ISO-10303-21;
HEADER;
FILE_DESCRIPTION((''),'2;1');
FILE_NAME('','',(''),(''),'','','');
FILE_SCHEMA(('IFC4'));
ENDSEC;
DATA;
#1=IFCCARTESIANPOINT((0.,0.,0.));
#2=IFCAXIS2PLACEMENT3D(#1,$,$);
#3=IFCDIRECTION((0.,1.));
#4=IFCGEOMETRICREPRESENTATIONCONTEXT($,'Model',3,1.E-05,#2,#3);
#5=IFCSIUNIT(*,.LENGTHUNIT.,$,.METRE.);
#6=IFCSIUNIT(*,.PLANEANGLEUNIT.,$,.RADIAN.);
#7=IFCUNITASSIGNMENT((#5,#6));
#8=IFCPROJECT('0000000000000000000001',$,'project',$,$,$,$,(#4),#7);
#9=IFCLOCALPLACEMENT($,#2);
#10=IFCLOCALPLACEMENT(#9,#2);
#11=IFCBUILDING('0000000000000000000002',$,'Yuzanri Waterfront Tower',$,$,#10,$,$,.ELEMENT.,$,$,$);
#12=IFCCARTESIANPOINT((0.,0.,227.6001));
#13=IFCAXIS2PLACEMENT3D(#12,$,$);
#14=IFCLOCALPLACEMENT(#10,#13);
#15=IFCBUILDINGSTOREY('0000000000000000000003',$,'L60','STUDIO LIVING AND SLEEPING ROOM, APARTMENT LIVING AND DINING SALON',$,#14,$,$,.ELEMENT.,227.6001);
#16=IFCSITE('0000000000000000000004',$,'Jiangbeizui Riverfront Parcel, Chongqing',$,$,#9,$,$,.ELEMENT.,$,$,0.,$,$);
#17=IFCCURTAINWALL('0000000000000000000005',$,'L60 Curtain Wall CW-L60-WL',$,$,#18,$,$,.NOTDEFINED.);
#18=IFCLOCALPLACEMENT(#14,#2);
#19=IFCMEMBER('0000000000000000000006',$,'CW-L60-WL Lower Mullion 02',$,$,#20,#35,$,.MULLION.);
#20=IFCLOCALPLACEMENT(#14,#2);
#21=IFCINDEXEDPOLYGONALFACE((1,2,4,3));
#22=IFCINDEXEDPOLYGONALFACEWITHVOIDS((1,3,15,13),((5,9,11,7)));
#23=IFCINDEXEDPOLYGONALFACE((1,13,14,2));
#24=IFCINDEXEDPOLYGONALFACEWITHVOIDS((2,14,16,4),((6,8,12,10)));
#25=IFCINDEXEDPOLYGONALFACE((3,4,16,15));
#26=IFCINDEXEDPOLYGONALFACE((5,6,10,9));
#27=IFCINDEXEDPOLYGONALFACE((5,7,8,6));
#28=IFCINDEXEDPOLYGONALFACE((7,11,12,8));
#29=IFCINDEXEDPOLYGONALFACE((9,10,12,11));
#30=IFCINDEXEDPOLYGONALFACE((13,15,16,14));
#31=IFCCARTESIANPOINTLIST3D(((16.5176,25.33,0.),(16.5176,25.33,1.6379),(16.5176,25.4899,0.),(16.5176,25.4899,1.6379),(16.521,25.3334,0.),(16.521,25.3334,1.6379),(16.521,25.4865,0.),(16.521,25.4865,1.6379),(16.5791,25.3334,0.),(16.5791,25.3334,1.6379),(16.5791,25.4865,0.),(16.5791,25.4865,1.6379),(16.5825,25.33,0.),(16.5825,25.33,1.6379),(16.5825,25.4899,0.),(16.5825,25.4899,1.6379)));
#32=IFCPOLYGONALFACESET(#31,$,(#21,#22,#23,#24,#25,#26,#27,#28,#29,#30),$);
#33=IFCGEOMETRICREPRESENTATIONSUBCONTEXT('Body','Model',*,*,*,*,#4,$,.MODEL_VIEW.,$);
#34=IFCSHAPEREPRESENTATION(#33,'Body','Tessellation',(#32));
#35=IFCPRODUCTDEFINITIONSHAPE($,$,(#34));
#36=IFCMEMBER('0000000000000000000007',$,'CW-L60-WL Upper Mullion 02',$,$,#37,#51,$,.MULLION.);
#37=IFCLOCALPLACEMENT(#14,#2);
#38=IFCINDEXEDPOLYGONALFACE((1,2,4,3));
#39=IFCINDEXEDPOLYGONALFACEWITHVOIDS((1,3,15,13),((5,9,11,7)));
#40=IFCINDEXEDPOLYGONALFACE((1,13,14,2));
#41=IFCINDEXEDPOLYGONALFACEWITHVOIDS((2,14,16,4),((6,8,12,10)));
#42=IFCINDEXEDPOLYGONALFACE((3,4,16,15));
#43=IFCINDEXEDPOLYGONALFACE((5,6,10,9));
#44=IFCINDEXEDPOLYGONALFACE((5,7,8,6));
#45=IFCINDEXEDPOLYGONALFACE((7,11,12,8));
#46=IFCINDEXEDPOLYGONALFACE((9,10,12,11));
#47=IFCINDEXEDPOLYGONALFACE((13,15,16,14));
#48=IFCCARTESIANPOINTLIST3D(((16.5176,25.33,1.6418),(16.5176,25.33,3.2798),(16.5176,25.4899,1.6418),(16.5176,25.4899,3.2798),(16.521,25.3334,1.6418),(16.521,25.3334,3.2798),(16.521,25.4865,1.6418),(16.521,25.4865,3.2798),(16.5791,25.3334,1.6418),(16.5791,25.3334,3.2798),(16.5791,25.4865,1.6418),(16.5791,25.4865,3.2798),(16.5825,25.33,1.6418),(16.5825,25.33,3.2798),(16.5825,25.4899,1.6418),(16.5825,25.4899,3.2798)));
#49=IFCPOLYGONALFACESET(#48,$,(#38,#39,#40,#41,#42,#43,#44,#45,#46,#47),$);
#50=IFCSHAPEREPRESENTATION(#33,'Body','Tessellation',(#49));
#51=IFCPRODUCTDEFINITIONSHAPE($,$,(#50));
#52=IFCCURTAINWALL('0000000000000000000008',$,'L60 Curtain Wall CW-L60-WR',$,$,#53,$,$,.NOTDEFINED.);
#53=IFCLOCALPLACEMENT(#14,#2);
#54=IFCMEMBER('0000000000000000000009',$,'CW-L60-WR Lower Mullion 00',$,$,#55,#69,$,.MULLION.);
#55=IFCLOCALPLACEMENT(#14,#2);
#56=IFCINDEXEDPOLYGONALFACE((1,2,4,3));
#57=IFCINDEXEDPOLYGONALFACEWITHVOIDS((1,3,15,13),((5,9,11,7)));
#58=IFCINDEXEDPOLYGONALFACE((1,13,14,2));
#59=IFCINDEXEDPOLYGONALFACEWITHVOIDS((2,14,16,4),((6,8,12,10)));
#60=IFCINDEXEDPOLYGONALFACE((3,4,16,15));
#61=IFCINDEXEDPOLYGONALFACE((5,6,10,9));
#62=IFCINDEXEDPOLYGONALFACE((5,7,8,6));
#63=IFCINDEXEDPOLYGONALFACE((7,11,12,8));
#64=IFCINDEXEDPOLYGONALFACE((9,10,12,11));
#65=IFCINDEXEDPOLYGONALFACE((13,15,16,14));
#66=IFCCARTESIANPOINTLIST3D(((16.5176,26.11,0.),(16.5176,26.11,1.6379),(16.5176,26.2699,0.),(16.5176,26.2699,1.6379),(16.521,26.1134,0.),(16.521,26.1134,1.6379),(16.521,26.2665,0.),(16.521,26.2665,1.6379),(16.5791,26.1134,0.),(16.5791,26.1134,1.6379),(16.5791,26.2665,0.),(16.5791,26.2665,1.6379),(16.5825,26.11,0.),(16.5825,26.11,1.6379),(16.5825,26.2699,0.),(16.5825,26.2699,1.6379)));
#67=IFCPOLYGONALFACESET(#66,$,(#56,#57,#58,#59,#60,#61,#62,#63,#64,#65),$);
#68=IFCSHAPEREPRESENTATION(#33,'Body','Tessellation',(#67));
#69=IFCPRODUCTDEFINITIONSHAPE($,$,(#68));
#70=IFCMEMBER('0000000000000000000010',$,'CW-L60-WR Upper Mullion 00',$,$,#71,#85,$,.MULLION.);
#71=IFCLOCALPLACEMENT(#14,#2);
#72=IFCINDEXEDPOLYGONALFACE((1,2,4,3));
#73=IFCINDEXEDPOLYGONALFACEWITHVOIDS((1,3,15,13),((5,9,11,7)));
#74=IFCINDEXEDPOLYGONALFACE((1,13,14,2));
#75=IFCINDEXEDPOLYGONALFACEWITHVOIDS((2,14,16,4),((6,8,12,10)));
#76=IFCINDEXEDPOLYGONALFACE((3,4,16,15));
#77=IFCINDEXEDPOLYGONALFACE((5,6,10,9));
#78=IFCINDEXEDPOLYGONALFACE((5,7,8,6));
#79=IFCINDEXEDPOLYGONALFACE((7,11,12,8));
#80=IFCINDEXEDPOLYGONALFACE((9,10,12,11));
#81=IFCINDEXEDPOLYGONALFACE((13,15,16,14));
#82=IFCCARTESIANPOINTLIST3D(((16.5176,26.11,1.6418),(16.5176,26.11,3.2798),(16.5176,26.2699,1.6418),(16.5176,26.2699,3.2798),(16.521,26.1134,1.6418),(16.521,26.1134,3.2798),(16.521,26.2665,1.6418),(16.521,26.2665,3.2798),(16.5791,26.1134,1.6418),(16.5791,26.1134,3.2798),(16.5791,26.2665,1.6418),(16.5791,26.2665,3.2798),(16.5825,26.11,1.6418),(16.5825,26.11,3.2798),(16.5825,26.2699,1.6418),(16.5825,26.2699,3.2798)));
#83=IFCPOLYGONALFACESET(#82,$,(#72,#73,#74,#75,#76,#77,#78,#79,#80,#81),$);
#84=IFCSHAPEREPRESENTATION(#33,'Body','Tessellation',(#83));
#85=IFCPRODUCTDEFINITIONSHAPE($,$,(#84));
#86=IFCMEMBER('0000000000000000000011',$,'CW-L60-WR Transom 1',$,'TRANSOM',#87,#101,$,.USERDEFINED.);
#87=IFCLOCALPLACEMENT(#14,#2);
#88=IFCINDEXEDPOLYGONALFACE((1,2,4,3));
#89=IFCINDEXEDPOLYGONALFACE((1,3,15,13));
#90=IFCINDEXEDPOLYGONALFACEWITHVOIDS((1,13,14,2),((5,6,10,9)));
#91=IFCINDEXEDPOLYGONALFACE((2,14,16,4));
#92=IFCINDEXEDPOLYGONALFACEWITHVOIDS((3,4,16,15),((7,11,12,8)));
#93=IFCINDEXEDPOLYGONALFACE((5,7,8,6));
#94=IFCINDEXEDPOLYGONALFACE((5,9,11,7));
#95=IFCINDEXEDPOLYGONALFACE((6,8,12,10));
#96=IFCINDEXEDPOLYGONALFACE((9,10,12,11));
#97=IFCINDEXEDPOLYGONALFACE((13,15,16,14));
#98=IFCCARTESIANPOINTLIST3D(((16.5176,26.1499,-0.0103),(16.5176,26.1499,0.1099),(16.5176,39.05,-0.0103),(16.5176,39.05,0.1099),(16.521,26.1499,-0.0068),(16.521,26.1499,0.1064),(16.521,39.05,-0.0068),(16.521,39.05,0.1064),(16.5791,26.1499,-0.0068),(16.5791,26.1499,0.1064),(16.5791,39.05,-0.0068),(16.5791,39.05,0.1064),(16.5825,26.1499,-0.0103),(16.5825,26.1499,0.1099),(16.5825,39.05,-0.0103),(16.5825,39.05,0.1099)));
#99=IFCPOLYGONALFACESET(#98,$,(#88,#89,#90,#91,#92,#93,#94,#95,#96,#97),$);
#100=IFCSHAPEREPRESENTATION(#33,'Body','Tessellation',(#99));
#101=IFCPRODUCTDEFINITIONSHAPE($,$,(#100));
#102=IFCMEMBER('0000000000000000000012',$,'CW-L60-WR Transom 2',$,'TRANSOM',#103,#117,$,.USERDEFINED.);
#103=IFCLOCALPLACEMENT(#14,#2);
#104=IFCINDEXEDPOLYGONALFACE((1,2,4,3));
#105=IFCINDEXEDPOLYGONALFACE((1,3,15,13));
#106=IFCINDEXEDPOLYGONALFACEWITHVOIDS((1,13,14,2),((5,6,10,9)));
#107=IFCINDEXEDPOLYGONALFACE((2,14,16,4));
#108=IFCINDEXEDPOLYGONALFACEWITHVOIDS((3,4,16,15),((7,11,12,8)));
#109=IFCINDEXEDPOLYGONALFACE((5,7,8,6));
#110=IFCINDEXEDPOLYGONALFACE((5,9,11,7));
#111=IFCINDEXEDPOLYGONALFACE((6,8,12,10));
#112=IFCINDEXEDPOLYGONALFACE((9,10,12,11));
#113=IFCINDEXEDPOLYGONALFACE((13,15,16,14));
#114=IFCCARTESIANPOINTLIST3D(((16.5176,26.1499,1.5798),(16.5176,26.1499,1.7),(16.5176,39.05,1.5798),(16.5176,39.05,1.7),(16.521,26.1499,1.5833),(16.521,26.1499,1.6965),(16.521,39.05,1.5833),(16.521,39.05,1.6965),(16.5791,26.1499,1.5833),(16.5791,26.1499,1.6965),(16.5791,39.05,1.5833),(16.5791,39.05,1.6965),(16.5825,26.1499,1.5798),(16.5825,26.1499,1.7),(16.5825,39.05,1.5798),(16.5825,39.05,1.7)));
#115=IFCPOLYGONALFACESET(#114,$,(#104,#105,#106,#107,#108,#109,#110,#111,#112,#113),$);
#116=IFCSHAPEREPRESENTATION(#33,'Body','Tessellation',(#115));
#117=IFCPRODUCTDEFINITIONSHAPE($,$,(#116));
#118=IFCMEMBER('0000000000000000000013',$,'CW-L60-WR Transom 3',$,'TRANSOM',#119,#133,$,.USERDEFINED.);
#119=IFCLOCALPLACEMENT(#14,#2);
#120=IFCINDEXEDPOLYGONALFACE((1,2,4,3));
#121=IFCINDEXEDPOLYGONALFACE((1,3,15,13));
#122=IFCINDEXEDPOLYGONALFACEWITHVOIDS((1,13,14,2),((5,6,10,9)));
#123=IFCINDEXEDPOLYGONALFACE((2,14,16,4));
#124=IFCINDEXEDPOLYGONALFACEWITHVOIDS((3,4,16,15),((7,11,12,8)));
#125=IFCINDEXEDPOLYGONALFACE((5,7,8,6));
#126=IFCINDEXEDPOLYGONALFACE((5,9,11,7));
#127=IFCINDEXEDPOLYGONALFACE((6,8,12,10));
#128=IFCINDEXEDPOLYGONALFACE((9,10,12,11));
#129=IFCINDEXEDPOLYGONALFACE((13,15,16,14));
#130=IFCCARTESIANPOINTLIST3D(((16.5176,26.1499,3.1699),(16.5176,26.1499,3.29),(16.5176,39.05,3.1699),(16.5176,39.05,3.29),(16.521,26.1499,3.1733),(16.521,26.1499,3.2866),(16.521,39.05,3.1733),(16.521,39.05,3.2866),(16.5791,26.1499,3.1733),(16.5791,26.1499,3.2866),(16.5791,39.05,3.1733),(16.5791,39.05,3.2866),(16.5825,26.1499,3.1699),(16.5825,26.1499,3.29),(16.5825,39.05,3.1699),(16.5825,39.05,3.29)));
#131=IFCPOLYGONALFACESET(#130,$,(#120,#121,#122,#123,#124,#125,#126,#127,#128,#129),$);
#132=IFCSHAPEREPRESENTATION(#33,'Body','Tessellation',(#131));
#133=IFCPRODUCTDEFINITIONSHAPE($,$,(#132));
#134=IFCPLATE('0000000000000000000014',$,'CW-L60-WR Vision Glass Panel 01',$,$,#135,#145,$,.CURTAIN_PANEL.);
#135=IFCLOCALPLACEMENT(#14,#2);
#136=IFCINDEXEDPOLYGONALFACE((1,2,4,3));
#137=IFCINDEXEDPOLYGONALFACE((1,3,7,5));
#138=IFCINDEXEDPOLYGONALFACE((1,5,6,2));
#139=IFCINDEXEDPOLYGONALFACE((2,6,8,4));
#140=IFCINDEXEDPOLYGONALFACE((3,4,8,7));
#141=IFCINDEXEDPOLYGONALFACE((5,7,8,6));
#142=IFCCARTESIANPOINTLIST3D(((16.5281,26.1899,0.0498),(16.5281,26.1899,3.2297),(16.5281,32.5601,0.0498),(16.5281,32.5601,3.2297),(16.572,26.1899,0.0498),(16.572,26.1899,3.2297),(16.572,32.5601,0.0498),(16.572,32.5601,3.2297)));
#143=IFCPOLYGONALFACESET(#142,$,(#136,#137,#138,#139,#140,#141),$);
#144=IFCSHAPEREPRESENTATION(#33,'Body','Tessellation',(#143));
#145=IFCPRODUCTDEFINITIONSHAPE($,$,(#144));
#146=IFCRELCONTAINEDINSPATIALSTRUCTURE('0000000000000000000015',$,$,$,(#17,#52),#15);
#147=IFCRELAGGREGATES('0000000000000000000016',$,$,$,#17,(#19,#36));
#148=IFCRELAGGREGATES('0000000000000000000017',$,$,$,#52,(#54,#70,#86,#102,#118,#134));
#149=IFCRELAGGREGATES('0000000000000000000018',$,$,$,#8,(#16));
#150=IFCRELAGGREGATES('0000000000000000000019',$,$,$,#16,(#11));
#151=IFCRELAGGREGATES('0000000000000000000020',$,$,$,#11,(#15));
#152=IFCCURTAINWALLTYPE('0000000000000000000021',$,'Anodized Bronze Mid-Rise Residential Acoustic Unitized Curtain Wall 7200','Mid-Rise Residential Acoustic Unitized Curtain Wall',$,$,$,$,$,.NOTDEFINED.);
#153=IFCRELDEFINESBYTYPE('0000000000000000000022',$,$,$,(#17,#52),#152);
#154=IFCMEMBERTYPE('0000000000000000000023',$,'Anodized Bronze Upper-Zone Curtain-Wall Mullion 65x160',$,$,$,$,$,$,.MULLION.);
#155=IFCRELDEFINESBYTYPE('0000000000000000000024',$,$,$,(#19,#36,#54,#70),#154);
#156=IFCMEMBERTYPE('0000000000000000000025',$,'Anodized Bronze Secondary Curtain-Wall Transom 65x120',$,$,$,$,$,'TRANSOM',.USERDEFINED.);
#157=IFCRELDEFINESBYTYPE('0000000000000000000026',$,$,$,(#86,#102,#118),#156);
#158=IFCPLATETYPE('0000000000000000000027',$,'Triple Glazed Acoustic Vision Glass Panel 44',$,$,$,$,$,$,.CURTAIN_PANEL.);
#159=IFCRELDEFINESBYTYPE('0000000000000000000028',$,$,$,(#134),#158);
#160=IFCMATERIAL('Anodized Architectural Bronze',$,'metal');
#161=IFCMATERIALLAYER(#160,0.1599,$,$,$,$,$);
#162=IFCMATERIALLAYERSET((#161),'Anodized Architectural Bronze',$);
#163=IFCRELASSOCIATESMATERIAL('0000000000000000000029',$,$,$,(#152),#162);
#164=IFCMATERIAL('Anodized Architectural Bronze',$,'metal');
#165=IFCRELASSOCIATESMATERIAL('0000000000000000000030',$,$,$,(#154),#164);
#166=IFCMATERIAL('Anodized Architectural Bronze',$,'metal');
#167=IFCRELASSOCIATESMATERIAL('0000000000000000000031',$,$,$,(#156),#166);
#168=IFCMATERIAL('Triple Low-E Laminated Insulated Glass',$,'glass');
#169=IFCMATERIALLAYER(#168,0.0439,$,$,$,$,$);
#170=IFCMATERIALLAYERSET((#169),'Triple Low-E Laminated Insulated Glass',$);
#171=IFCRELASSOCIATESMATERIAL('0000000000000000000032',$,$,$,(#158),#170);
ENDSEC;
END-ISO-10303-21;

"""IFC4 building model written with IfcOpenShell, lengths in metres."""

from ifc_helpers import new_model, si_unit, direction, frame, origin, origin_2d, place, context, subcontext, project, spatial, rectangle, hollow_rectangle, extrude, source, transform, mapped, material, layer, layer_set, material_profile, profile_set, type_object, element, aggregate, save


model = new_model("IFC4")

# Units and contexts
model_context = context("Model", 3, precision=1e-05, world=origin(), true_north=direction((0.0, 1.0)))
body_context = subcontext(model_context, "Body", "Model", "MODEL_VIEW")
ifc_project = project(units=[si_unit("LENGTHUNIT", "METRE"), si_unit("PLANEANGLEUNIT", "RADIAN")], contexts=[model_context])

# Site, building, storey
site_placement = place(None, origin())
site = spatial("IfcSite", under=ifc_project, at=site_placement, Name="Jiangbeizui Riverfront Parcel, Chongqing", CompositionType="ELEMENT", RefElevation=0.0)
building_placement = place(site_placement, origin())
building = spatial("IfcBuilding", under=site, at=building_placement, Name="Yuzanri Waterfront Tower", CompositionType="ELEMENT")
storey_placement = place(building_placement, frame((0.0, 0.0, 227.6001)))
storey = spatial("IfcBuildingStorey", under=building, at=storey_placement, Name="L60", Description="STUDIO LIVING AND SLEEPING ROOM, APARTMENT LIVING AND DINING SALON", CompositionType="ELEMENT", Elevation=227.6001)

# Curtain wall, members
ifc_material_1 = material(Name="Anodized Architectural Bronze", Category="metal")
ifc_layer_1 = layer(ifc_material_1, 0.1599)
ifc_layer_set_1 = layer_set([ifc_layer_1], Name="Anodized Architectural Bronze")
curtain_wall_type = type_object("IfcCurtainWallType", Name="Anodized Bronze Mid-Rise Residential Acoustic Unitized Curtain Wall 7200", Description="Mid-Rise Residential Acoustic Unitized Curtain Wall", PredefinedType="NOTDEFINED", material=ifc_layer_set_1)
curtain_wall_1_placement = place(storey_placement, origin())
curtain_wall_1 = element("IfcCurtainWall", 1, at=curtain_wall_1_placement, inside=storey, type_object=curtain_wall_type, Name="L60 Curtain Wall CW-L60-WL", PredefinedType="NOTDEFINED")
ifc_material_2 = material(Name="Anodized Architectural Bronze", Category="metal")
ifc_material_profile_1 = material_profile(ifc_material_2, hollow_rectangle(XDim=0.0649, YDim=0.1599, WallThickness=0.0034, at=origin_2d()), Name="CWM 65x160")
ifc_profile_set_1 = profile_set([ifc_material_profile_1], Name="Anodized Architectural Bronze")
member_type_1 = type_object("IfcMemberType", Name="Anodized Bronze Upper-Zone Curtain-Wall Mullion 65x160", PredefinedType="MULLION", material=ifc_profile_set_1)
shared_shape_1 = source(origin(), body_context, "Body", "SweptSolid", [
    extrude(hollow_rectangle(XDim=0.0649, YDim=0.1599, WallThickness=0.0034, at=origin_2d()), origin(), (0.0, 0.0, 1.0), 1.6379),
])
member_1_placement = place(storey_placement, frame((16.55, 25.4099, 0.0), z_axis=(0.0, 0.0, 1.0), x_axis=(1.0, 0.0, 0.0)))
member_1 = element("IfcMember", 2, at=member_1_placement, type_object=member_type_1, Name="CW-L60-WL Lower Mullion 02", PredefinedType="MULLION", context=body_context, shape_type="MappedRepresentation", body=[
    mapped(shared_shape_1, transform((0.0, 0.0, 0.0), scale=1.0)),
])
member_2_placement = place(storey_placement, frame((16.55, 25.4099, 1.6418), z_axis=(0.0, 0.0, 1.0), x_axis=(1.0, 0.0, 0.0)))
member_2 = element("IfcMember", 3, at=member_2_placement, type_object=member_type_1, Name="CW-L60-WL Upper Mullion 02", PredefinedType="MULLION", context=body_context, shape_type="MappedRepresentation", body=[
    mapped(shared_shape_1, transform((0.0, 0.0, 0.0), scale=1.0)),
])
aggregate(curtain_wall_1, [member_1, member_2])

# Curtain wall, members, plate
curtain_wall_2_placement = place(storey_placement, origin())
curtain_wall_2 = element("IfcCurtainWall", 4, at=curtain_wall_2_placement, inside=storey, type_object=curtain_wall_type, Name="L60 Curtain Wall CW-L60-WR", PredefinedType="NOTDEFINED")
member_3_placement = place(storey_placement, frame((16.55, 26.1899, 0.0), z_axis=(0.0, 0.0, 1.0), x_axis=(1.0, 0.0, 0.0)))
member_3 = element("IfcMember", 5, at=member_3_placement, type_object=member_type_1, Name="CW-L60-WR Lower Mullion 00", PredefinedType="MULLION", context=body_context, shape_type="MappedRepresentation", body=[
    mapped(shared_shape_1, transform((0.0, 0.0, 0.0), scale=1.0)),
])
member_4_placement = place(storey_placement, frame((16.55, 26.1899, 1.6418), z_axis=(0.0, 0.0, 1.0), x_axis=(1.0, 0.0, 0.0)))
member_4 = element("IfcMember", 6, at=member_4_placement, type_object=member_type_1, Name="CW-L60-WR Upper Mullion 00", PredefinedType="MULLION", context=body_context, shape_type="MappedRepresentation", body=[
    mapped(shared_shape_1, transform((0.0, 0.0, 0.0), scale=1.0)),
])
ifc_material_3 = material(Name="Anodized Architectural Bronze", Category="metal")
ifc_material_profile_2 = material_profile(ifc_material_3, hollow_rectangle(XDim=0.0649, YDim=0.1201, WallThickness=0.0034, at=origin_2d()), Name="CWT 65x120")
ifc_profile_set_2 = profile_set([ifc_material_profile_2], Name="Anodized Architectural Bronze")
member_type_2 = type_object("IfcMemberType", Name="Anodized Bronze Secondary Curtain-Wall Transom 65x120", ElementType="TRANSOM", PredefinedType="USERDEFINED", material=ifc_profile_set_2)
shared_shape_2 = source(origin(), body_context, "Body", "SweptSolid", [
    extrude(hollow_rectangle(XDim=0.0649, YDim=0.1201, WallThickness=0.0034, at=origin_2d()), origin(), (0.0, 0.0, 1.0), 12.9001),
])
member_5_placement = place(storey_placement, frame((16.55, 26.1499, 0.0498), z_axis=(0.0, 1.0, 0.0), x_axis=(-1.0, 0.0, 0.0)))
member_5 = element("IfcMember", 7, at=member_5_placement, type_object=member_type_2, Name="CW-L60-WR Transom 1", ObjectType="TRANSOM", PredefinedType="USERDEFINED", context=body_context, shape_type="MappedRepresentation", body=[
    mapped(shared_shape_2, transform((0.0, 0.0, 0.0), scale=1.0)),
])
member_6_placement = place(storey_placement, frame((16.55, 26.1499, 1.6399), z_axis=(0.0, 1.0, 0.0), x_axis=(-1.0, 0.0, 0.0)))
member_6 = element("IfcMember", 8, at=member_6_placement, type_object=member_type_2, Name="CW-L60-WR Transom 2", ObjectType="TRANSOM", PredefinedType="USERDEFINED", context=body_context, shape_type="MappedRepresentation", body=[
    mapped(shared_shape_2, transform((0.0, 0.0, 0.0), scale=1.0)),
])
member_7_placement = place(storey_placement, frame((16.55, 26.1499, 3.23), z_axis=(0.0, 1.0, 0.0), x_axis=(-1.0, 0.0, 0.0)))
member_7 = element("IfcMember", 9, at=member_7_placement, type_object=member_type_2, Name="CW-L60-WR Transom 3", ObjectType="TRANSOM", PredefinedType="USERDEFINED", context=body_context, shape_type="MappedRepresentation", body=[
    mapped(shared_shape_2, transform((0.0, 0.0, 0.0), scale=1.0)),
])
ifc_material_4 = material(Name="Triple Low-E Laminated Insulated Glass", Category="glass")
ifc_layer_2 = layer(ifc_material_4, 0.0439)
ifc_layer_set_2 = layer_set([ifc_layer_2], Name="Triple Low-E Laminated Insulated Glass")
plate_type = type_object("IfcPlateType", Name="Triple Glazed Acoustic Vision Glass Panel 44", PredefinedType="CURTAIN_PANEL", material=ifc_layer_set_2)
shared_shape_3 = source(origin(), body_context, "Body", "SweptSolid", [
    extrude(rectangle(XDim=6.3701, YDim=0.0439, at=origin_2d()), origin(), (0.0, 0.0, 1.0), 3.1799),
])
plate_placement = place(storey_placement, frame((16.55, 29.375, 0.0498), z_axis=(0.0, 0.0, 1.0), x_axis=(0.0, 1.0, 0.0)))
plate = element("IfcPlate", 10, at=plate_placement, type_object=plate_type, Name="CW-L60-WR Vision Glass Panel 01", PredefinedType="CURTAIN_PANEL", context=body_context, shape_type="MappedRepresentation", body=[
    mapped(shared_shape_3, transform((0.0, 0.0, 0.0), scale=1.0)),
])
aggregate(curtain_wall_2, [member_3, member_4, member_5, member_6, member_7, plate])

save(model, "model.ifc")
